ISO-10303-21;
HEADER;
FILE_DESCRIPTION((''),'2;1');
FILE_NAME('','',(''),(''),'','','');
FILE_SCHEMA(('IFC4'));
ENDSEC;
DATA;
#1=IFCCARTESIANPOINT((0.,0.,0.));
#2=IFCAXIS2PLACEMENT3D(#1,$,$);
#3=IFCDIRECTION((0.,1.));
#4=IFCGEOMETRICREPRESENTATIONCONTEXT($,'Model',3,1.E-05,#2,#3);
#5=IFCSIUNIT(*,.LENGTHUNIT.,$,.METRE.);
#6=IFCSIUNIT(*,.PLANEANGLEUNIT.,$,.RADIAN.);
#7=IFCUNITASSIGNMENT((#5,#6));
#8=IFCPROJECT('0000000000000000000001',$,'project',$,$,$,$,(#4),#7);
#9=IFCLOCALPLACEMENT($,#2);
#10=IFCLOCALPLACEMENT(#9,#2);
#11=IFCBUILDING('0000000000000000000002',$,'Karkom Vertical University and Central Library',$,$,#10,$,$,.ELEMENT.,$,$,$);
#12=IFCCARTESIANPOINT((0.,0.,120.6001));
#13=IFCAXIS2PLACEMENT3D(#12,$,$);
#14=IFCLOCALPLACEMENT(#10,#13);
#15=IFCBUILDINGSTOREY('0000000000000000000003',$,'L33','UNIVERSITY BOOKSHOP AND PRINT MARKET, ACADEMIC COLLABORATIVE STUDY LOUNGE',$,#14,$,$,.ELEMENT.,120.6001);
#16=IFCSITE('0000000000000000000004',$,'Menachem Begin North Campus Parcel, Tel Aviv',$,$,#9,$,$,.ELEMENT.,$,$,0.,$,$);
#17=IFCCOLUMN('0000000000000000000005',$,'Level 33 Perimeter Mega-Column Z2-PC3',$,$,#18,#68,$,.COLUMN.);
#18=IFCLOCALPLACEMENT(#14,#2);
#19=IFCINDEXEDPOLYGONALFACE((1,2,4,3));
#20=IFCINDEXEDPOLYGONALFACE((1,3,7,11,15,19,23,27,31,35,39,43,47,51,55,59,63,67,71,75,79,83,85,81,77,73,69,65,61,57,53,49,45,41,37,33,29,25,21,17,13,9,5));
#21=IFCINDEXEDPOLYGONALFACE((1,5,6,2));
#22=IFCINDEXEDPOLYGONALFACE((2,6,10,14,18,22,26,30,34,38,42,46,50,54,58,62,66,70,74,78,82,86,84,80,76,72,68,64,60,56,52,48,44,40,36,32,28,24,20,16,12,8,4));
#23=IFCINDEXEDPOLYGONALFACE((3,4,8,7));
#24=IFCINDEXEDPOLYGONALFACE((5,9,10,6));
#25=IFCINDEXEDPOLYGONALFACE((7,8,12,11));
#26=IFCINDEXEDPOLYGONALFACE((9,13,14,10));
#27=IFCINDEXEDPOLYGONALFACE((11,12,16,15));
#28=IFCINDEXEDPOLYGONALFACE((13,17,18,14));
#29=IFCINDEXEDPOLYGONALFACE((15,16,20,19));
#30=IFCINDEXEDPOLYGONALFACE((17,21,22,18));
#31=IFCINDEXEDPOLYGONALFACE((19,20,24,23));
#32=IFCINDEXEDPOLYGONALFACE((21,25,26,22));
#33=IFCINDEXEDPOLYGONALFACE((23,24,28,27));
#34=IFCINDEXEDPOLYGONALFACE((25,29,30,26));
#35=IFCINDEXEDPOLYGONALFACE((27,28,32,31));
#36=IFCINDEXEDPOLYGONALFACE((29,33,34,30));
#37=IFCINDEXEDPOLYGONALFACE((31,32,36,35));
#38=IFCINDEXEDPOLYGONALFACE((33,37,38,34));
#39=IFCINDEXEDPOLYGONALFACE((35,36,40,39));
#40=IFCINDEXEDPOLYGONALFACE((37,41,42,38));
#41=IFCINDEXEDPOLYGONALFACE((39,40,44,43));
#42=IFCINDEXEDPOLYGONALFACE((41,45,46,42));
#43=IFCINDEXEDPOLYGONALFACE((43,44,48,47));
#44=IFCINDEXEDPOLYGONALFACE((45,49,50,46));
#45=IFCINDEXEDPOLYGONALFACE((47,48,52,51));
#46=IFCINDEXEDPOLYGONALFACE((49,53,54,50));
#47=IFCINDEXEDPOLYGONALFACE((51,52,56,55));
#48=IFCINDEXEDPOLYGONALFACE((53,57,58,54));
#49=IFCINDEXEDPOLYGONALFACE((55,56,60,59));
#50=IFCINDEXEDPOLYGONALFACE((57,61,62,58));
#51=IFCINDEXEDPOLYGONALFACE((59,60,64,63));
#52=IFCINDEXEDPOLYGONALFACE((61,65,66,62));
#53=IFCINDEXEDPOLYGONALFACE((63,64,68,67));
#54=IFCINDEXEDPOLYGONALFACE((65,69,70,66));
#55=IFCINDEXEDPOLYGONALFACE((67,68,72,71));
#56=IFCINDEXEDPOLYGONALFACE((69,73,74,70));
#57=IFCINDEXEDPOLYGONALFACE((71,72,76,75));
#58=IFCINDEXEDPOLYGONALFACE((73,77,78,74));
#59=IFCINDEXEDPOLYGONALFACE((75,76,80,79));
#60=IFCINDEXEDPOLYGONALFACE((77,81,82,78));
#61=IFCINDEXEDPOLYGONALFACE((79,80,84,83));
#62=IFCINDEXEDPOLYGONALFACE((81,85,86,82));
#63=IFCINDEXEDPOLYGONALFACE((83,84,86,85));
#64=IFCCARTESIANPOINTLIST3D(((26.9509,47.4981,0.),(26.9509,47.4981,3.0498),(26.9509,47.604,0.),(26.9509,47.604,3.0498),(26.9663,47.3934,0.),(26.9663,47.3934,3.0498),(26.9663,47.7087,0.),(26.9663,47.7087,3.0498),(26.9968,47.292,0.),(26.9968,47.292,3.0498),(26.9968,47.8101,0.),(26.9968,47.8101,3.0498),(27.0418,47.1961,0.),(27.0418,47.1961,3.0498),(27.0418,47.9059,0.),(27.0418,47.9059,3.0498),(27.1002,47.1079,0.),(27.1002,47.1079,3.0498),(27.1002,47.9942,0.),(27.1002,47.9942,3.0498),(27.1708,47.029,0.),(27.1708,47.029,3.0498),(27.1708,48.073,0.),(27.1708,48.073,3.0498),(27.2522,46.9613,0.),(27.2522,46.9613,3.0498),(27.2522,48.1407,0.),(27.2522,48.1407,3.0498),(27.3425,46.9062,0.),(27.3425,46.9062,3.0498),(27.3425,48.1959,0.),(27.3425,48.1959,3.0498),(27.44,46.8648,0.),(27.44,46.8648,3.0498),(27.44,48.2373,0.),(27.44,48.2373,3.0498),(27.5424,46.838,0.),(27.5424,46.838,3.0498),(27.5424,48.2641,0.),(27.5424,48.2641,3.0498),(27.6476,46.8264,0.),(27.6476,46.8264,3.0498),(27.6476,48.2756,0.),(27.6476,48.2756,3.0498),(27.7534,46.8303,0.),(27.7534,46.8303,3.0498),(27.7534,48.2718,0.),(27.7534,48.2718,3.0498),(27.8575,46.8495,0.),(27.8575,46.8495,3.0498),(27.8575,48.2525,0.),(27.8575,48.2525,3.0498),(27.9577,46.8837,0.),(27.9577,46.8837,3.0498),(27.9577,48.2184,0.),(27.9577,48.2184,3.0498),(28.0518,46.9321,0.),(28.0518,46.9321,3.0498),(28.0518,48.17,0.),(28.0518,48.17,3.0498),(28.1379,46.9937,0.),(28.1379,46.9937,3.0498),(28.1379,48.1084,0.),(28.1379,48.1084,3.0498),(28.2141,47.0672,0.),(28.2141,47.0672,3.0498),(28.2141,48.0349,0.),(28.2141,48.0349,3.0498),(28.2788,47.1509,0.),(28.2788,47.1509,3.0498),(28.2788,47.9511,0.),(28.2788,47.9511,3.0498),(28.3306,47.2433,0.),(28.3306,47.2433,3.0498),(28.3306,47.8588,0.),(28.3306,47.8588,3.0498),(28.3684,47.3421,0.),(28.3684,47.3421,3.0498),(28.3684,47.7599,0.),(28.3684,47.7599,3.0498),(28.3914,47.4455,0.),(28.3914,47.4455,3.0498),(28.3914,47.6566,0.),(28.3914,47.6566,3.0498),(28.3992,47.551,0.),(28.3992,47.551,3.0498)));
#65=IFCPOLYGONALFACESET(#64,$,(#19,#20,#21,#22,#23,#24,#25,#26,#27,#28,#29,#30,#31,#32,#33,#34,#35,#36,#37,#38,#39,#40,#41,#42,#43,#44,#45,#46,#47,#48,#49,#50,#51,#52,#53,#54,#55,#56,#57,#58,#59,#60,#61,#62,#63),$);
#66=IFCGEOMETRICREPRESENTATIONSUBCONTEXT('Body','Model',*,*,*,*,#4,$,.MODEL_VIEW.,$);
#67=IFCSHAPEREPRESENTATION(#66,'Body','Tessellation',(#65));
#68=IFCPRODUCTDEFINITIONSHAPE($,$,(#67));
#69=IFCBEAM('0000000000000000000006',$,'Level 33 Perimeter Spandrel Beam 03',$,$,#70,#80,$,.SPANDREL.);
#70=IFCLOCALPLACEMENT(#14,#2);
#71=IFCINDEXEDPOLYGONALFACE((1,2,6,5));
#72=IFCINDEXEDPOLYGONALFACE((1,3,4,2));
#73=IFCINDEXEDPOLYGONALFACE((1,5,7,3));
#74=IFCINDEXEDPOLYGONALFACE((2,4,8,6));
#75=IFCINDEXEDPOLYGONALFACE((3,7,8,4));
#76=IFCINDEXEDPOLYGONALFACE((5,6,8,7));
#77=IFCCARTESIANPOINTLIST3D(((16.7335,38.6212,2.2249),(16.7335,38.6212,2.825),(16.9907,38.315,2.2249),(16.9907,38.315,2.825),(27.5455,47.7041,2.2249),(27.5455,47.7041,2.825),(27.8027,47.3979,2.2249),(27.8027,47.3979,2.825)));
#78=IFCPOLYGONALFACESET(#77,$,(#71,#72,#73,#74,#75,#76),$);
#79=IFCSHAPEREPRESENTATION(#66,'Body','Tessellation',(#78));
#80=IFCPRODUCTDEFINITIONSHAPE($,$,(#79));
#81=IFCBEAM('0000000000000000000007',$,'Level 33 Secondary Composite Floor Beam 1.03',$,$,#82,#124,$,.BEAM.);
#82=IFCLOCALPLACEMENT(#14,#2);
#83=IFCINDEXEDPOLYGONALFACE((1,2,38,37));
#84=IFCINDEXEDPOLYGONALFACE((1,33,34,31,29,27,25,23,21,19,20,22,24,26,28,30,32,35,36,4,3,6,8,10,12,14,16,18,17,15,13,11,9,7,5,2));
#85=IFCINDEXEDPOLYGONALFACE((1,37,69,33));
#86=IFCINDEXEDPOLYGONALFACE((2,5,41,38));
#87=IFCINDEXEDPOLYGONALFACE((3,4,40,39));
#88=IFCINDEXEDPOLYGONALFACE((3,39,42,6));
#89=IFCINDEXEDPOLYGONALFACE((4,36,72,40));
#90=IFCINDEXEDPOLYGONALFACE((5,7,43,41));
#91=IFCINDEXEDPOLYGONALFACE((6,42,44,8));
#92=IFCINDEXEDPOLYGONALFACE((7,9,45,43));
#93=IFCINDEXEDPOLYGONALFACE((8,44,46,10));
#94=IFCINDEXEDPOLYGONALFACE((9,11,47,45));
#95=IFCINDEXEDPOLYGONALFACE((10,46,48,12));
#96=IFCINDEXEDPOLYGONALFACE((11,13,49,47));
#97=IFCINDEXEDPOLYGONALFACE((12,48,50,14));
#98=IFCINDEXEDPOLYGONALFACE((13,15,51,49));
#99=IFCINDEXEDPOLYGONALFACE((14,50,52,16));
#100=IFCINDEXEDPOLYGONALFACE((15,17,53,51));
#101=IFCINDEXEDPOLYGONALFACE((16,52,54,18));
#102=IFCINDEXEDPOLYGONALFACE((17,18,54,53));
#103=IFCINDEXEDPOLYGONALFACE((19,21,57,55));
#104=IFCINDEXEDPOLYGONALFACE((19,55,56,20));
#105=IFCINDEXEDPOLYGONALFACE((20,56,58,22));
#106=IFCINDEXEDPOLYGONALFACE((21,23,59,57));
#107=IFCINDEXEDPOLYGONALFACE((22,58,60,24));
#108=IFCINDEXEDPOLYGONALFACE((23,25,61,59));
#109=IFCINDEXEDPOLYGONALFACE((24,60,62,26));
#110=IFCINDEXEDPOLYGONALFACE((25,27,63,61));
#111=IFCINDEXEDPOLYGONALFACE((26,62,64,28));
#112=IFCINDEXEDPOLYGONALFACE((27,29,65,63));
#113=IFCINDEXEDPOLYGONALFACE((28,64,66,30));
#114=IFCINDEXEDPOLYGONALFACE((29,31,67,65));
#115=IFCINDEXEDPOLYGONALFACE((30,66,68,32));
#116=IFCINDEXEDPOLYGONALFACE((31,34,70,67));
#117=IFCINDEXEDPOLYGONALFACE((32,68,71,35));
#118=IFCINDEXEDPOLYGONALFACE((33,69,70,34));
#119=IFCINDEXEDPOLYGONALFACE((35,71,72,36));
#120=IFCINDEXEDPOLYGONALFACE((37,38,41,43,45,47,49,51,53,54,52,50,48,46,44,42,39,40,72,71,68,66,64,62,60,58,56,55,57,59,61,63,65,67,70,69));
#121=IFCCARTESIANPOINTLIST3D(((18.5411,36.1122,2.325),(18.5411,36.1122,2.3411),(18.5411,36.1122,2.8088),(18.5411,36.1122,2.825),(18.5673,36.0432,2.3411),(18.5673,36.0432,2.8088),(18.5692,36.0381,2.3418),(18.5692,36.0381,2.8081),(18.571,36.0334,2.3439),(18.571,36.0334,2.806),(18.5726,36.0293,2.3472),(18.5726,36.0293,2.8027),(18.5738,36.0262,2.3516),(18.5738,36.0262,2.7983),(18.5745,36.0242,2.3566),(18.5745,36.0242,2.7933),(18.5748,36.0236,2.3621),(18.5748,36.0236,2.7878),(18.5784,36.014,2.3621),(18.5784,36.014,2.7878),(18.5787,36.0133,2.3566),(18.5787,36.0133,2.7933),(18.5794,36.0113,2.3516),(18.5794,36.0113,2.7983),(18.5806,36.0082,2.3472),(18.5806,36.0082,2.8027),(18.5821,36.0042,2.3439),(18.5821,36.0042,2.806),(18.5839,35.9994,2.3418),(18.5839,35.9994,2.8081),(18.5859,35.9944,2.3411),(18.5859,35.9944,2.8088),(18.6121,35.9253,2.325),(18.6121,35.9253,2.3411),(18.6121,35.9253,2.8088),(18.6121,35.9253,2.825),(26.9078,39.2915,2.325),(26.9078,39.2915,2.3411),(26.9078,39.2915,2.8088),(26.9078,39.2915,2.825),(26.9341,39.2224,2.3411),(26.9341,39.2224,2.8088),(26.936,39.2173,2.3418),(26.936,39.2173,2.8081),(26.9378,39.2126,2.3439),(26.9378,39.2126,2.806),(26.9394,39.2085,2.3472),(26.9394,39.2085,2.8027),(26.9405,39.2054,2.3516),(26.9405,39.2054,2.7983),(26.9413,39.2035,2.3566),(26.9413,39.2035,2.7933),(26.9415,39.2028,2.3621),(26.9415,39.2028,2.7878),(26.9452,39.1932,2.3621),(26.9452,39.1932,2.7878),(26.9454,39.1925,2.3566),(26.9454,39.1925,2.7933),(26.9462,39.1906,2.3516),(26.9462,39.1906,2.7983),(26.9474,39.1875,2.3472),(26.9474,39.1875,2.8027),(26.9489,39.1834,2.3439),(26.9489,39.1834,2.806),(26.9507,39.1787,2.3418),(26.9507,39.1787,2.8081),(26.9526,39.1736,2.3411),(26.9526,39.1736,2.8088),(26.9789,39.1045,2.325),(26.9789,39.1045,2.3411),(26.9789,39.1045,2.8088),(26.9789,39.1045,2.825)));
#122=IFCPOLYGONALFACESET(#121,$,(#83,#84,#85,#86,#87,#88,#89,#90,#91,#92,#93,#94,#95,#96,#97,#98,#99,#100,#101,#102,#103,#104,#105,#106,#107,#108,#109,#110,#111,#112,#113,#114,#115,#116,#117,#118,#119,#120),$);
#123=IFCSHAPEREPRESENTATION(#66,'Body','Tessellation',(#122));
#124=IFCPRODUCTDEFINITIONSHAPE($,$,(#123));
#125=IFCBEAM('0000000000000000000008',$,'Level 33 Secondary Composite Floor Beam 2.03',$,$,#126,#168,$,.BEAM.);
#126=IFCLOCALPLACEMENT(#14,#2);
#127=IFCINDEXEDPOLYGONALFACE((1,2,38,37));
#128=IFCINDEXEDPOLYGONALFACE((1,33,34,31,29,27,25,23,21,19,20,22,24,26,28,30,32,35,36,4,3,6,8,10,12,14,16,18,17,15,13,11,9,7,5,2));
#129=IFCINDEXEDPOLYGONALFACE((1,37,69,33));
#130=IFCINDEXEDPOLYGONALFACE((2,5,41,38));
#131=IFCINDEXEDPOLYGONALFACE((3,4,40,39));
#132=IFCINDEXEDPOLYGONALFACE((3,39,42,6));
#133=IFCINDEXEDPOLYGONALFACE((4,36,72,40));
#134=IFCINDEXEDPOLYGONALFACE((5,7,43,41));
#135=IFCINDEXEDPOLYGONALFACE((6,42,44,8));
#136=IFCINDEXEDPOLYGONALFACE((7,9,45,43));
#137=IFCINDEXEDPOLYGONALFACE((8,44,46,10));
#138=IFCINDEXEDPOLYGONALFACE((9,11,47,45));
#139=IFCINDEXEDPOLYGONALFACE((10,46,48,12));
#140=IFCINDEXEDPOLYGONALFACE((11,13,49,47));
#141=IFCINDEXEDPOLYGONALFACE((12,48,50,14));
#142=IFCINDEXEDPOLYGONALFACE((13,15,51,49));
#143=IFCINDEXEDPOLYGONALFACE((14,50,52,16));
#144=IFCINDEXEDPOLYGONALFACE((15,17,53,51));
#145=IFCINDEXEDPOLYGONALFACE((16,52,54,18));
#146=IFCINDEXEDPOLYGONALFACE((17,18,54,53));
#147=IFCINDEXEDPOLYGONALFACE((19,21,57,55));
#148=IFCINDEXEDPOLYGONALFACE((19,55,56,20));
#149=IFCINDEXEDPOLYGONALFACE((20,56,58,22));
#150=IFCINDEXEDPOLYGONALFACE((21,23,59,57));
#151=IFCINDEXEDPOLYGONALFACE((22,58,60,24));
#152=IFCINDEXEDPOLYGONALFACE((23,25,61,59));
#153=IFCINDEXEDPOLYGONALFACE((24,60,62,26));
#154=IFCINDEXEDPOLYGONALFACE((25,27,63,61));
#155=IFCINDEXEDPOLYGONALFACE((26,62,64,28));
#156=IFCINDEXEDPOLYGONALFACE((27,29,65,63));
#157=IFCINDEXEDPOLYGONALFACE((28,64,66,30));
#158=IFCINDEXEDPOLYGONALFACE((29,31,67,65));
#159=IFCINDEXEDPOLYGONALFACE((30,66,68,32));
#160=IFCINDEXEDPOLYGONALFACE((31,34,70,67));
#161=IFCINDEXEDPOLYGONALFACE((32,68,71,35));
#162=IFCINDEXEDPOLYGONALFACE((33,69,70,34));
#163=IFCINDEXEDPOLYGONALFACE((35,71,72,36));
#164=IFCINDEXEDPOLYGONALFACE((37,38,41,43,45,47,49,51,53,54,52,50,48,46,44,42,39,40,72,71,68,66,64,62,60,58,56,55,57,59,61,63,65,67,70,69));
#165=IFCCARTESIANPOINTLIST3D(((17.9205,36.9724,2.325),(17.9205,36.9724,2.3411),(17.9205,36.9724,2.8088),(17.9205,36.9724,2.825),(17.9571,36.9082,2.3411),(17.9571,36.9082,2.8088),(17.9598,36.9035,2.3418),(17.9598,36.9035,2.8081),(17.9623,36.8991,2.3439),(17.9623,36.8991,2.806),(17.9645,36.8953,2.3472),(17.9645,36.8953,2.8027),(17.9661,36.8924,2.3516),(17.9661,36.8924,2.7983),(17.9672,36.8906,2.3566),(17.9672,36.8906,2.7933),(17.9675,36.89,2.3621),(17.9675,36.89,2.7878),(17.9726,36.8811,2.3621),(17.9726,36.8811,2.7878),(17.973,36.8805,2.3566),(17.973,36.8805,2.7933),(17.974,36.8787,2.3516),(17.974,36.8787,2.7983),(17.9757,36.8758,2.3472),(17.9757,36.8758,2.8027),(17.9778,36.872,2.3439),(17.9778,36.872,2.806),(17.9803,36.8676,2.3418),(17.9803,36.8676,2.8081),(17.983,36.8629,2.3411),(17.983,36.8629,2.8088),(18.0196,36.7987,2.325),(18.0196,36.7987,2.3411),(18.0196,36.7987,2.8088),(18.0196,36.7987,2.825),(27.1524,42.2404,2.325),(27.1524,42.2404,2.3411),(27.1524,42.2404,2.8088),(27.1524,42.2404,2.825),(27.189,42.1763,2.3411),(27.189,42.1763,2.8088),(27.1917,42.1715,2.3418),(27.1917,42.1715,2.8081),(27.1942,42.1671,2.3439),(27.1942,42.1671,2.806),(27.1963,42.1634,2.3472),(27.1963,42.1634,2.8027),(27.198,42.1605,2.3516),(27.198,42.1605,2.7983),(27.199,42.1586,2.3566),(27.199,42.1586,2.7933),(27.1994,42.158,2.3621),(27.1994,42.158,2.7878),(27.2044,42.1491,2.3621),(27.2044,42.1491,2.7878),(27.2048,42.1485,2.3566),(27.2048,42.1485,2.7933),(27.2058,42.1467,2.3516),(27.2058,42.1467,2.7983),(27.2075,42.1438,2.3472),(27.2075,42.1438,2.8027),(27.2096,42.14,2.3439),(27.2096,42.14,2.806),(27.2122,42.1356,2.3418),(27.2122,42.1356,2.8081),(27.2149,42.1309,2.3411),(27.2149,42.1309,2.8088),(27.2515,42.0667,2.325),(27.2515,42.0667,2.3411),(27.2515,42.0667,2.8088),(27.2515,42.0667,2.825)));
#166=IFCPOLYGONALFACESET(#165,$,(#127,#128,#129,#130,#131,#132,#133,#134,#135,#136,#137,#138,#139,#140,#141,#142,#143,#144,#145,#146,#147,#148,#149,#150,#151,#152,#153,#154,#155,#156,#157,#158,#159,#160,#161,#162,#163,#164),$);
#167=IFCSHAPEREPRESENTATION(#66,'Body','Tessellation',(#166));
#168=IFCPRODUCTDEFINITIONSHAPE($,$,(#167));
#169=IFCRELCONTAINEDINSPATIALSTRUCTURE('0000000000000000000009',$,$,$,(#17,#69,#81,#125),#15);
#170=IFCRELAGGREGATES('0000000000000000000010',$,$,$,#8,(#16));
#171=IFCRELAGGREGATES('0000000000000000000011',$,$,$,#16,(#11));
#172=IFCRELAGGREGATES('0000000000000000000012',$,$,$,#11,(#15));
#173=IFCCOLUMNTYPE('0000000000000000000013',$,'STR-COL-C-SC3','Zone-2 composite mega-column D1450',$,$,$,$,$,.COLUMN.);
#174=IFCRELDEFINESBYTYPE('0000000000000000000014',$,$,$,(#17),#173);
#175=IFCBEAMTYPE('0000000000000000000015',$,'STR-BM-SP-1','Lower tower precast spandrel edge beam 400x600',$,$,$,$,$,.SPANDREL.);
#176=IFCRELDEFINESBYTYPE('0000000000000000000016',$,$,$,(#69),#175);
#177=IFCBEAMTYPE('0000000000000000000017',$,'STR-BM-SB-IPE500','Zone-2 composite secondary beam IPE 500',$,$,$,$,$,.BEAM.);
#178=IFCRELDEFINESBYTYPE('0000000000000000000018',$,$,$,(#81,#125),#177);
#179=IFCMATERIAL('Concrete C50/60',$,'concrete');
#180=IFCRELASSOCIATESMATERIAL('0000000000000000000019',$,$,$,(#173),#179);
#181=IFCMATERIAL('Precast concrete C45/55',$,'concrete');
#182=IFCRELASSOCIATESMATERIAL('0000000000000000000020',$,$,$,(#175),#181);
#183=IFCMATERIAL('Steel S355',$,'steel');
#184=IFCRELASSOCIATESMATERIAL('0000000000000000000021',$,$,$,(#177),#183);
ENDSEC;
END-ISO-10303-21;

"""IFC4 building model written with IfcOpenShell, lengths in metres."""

from ifc_helpers import new_model, si_unit, direction, frame, origin, origin_with_axes, origin_2d, place, context, subcontext, project, spatial, rectangle, circle, i_section, extrude, source, transform, mapped, material, material_profile, profile_set, type_object, element, save


model = new_model("IFC4")

# Units and contexts
model_context = context("Model", 3, precision=1e-05, world=origin(), true_north=direction((0.0, 1.0)))
body_context = subcontext(model_context, "Body", "Model", "MODEL_VIEW")
ifc_project = project(units=[si_unit("LENGTHUNIT", "METRE"), si_unit("PLANEANGLEUNIT", "RADIAN")], contexts=[model_context])

# Site, building, storey
site_placement = place(None, origin())
site = spatial("IfcSite", under=ifc_project, at=site_placement, Name="Menachem Begin North Campus Parcel, Tel Aviv", CompositionType="ELEMENT", RefElevation=0.0)
building_placement = place(site_placement, origin())
building = spatial("IfcBuilding", under=site, at=building_placement, Name="Karkom Vertical University and Central Library", CompositionType="ELEMENT")
storey_placement = place(building_placement, frame((0.0, 0.0, 120.6001)))
storey = spatial("IfcBuildingStorey", under=building, at=storey_placement, Name="L33", Description="UNIVERSITY BOOKSHOP AND PRINT MARKET, ACADEMIC COLLABORATIVE STUDY LOUNGE", CompositionType="ELEMENT", Elevation=120.6001)

# Column
ifc_material_1 = material(Name="Concrete C50/60", Category="concrete")
ifc_material_profile_1 = material_profile(ifc_material_1, circle(Radius=0.7251, at=origin_2d()), Name="CFT-D1450")
ifc_profile_set_1 = profile_set([ifc_material_profile_1], Name="Concrete C50/60")
column_type = type_object("IfcColumnType", Name="STR-COL-C-SC3", Description="Zone-2 composite mega-column D1450", PredefinedType="COLUMN", material=ifc_profile_set_1)
shared_shape_1 = source(origin_with_axes(), body_context, "Body", "SweptSolid", [
    extrude(circle(Radius=0.7251, at=origin_2d()), origin(), (0.0, 0.0, 1.0), 3.0498),
])
column_placement = place(storey_placement, frame((27.6741, 47.551, 0.0), z_axis=(0.0, 0.0, 1.0), x_axis=(1.0, 0.0, 0.0)))
element("IfcColumn", 1, at=column_placement, inside=storey, type_object=column_type, Name="Level 33 Perimeter Mega-Column Z2-PC3", PredefinedType="COLUMN", context=body_context, shape_type="MappedRepresentation", body=[
    mapped(shared_shape_1, transform((0.0, 0.0, 0.0), scale=1.0)),
])

# Beams
ifc_material_2 = material(Name="Precast concrete C45/55", Category="concrete")
ifc_material_profile_2 = material_profile(ifc_material_2, rectangle(XDim=0.3999, YDim=0.6001, at=origin_2d()), Name="SPB-400x600")
ifc_profile_set_2 = profile_set([ifc_material_profile_2], Name="Precast concrete C45/55")
beam_type_1 = type_object("IfcBeamType", Name="STR-BM-SP-1", Description="Lower tower precast spandrel edge beam 400x600", PredefinedType="SPANDREL", material=ifc_profile_set_2)
shared_shape_2 = source(origin_with_axes(), body_context, "Body", "SweptSolid", [
    extrude(rectangle(XDim=0.3999, YDim=0.6001, at=origin_2d()), origin(), (0.0, 0.0, 1.0), 14.1208),
])
beam_1_placement = place(storey_placement, frame((27.6741, 47.551, 2.5249), z_axis=(-0.765673, -0.64323, 0.0), x_axis=(0.64323, -0.765673, 0.0)))
element("IfcBeam", 2, at=beam_1_placement, inside=storey, type_object=beam_type_1, Name="Level 33 Perimeter Spandrel Beam 03", PredefinedType="SPANDREL", context=body_context, shape_type="MappedRepresentation", body=[
    mapped(shared_shape_2, transform((0.0, 0.0, 0.0), scale=1.0)),
])
ifc_material_3 = material(Name="Steel S355", Category="steel")
ifc_material_profile_3 = material_profile(ifc_material_3, i_section(OverallWidth=0.2, OverallDepth=0.5, WebThickness=0.0103, FlangeThickness=0.0161, FilletRadius=0.021, at=origin_2d()), Name="IPE 500")
ifc_profile_set_3 = profile_set([ifc_material_profile_3], Name="Steel S355")
beam_type_2 = type_object("IfcBeamType", Name="STR-BM-SB-IPE500", Description="Zone-2 composite secondary beam IPE 500", PredefinedType="BEAM", material=ifc_profile_set_3)
shared_shape_3 = source(origin_with_axes(), body_context, "Body", "SweptSolid", [
    extrude(i_section(OverallWidth=0.2, OverallDepth=0.5, WebThickness=0.0103, FlangeThickness=0.0161, FilletRadius=0.021, at=origin_2d()), origin(), (0.0, 0.0, 1.0), 8.9504),
])
beam_2_placement = place(storey_placement, frame((26.9434, 39.198, 2.575), z_axis=(-0.934789, -0.355203, 0.0), x_axis=(0.355203, -0.934789, 0.0)))
element("IfcBeam", 3, at=beam_2_placement, inside=storey, type_object=beam_type_2, Name="Level 33 Secondary Composite Floor Beam 1.03", PredefinedType="BEAM", context=body_context, shape_type="MappedRepresentation", body=[
    mapped(shared_shape_3, transform((0.0, 0.0, 0.0), scale=1.0)),
])
shared_shape_4 = source(origin_with_axes(), body_context, "Body", "SweptSolid", [
    extrude(i_section(OverallWidth=0.2, OverallDepth=0.5, WebThickness=0.0103, FlangeThickness=0.0161, FilletRadius=0.021, at=origin_2d()), origin(), (0.0, 0.0, 1.0), 10.6292),
])
beam_3_placement = place(storey_placement, frame((27.2019, 42.1536, 2.575), z_axis=(-0.86854, -0.495619, 0.0), x_axis=(0.495619, -0.86854, 0.0)))
element("IfcBeam", 4, at=beam_3_placement, inside=storey, type_object=beam_type_2, Name="Level 33 Secondary Composite Floor Beam 2.03", PredefinedType="BEAM", context=body_context, shape_type="MappedRepresentation", body=[
    mapped(shared_shape_4, transform((0.0, 0.0, 0.0), scale=1.0)),
])

save(model, "model.ifc")
